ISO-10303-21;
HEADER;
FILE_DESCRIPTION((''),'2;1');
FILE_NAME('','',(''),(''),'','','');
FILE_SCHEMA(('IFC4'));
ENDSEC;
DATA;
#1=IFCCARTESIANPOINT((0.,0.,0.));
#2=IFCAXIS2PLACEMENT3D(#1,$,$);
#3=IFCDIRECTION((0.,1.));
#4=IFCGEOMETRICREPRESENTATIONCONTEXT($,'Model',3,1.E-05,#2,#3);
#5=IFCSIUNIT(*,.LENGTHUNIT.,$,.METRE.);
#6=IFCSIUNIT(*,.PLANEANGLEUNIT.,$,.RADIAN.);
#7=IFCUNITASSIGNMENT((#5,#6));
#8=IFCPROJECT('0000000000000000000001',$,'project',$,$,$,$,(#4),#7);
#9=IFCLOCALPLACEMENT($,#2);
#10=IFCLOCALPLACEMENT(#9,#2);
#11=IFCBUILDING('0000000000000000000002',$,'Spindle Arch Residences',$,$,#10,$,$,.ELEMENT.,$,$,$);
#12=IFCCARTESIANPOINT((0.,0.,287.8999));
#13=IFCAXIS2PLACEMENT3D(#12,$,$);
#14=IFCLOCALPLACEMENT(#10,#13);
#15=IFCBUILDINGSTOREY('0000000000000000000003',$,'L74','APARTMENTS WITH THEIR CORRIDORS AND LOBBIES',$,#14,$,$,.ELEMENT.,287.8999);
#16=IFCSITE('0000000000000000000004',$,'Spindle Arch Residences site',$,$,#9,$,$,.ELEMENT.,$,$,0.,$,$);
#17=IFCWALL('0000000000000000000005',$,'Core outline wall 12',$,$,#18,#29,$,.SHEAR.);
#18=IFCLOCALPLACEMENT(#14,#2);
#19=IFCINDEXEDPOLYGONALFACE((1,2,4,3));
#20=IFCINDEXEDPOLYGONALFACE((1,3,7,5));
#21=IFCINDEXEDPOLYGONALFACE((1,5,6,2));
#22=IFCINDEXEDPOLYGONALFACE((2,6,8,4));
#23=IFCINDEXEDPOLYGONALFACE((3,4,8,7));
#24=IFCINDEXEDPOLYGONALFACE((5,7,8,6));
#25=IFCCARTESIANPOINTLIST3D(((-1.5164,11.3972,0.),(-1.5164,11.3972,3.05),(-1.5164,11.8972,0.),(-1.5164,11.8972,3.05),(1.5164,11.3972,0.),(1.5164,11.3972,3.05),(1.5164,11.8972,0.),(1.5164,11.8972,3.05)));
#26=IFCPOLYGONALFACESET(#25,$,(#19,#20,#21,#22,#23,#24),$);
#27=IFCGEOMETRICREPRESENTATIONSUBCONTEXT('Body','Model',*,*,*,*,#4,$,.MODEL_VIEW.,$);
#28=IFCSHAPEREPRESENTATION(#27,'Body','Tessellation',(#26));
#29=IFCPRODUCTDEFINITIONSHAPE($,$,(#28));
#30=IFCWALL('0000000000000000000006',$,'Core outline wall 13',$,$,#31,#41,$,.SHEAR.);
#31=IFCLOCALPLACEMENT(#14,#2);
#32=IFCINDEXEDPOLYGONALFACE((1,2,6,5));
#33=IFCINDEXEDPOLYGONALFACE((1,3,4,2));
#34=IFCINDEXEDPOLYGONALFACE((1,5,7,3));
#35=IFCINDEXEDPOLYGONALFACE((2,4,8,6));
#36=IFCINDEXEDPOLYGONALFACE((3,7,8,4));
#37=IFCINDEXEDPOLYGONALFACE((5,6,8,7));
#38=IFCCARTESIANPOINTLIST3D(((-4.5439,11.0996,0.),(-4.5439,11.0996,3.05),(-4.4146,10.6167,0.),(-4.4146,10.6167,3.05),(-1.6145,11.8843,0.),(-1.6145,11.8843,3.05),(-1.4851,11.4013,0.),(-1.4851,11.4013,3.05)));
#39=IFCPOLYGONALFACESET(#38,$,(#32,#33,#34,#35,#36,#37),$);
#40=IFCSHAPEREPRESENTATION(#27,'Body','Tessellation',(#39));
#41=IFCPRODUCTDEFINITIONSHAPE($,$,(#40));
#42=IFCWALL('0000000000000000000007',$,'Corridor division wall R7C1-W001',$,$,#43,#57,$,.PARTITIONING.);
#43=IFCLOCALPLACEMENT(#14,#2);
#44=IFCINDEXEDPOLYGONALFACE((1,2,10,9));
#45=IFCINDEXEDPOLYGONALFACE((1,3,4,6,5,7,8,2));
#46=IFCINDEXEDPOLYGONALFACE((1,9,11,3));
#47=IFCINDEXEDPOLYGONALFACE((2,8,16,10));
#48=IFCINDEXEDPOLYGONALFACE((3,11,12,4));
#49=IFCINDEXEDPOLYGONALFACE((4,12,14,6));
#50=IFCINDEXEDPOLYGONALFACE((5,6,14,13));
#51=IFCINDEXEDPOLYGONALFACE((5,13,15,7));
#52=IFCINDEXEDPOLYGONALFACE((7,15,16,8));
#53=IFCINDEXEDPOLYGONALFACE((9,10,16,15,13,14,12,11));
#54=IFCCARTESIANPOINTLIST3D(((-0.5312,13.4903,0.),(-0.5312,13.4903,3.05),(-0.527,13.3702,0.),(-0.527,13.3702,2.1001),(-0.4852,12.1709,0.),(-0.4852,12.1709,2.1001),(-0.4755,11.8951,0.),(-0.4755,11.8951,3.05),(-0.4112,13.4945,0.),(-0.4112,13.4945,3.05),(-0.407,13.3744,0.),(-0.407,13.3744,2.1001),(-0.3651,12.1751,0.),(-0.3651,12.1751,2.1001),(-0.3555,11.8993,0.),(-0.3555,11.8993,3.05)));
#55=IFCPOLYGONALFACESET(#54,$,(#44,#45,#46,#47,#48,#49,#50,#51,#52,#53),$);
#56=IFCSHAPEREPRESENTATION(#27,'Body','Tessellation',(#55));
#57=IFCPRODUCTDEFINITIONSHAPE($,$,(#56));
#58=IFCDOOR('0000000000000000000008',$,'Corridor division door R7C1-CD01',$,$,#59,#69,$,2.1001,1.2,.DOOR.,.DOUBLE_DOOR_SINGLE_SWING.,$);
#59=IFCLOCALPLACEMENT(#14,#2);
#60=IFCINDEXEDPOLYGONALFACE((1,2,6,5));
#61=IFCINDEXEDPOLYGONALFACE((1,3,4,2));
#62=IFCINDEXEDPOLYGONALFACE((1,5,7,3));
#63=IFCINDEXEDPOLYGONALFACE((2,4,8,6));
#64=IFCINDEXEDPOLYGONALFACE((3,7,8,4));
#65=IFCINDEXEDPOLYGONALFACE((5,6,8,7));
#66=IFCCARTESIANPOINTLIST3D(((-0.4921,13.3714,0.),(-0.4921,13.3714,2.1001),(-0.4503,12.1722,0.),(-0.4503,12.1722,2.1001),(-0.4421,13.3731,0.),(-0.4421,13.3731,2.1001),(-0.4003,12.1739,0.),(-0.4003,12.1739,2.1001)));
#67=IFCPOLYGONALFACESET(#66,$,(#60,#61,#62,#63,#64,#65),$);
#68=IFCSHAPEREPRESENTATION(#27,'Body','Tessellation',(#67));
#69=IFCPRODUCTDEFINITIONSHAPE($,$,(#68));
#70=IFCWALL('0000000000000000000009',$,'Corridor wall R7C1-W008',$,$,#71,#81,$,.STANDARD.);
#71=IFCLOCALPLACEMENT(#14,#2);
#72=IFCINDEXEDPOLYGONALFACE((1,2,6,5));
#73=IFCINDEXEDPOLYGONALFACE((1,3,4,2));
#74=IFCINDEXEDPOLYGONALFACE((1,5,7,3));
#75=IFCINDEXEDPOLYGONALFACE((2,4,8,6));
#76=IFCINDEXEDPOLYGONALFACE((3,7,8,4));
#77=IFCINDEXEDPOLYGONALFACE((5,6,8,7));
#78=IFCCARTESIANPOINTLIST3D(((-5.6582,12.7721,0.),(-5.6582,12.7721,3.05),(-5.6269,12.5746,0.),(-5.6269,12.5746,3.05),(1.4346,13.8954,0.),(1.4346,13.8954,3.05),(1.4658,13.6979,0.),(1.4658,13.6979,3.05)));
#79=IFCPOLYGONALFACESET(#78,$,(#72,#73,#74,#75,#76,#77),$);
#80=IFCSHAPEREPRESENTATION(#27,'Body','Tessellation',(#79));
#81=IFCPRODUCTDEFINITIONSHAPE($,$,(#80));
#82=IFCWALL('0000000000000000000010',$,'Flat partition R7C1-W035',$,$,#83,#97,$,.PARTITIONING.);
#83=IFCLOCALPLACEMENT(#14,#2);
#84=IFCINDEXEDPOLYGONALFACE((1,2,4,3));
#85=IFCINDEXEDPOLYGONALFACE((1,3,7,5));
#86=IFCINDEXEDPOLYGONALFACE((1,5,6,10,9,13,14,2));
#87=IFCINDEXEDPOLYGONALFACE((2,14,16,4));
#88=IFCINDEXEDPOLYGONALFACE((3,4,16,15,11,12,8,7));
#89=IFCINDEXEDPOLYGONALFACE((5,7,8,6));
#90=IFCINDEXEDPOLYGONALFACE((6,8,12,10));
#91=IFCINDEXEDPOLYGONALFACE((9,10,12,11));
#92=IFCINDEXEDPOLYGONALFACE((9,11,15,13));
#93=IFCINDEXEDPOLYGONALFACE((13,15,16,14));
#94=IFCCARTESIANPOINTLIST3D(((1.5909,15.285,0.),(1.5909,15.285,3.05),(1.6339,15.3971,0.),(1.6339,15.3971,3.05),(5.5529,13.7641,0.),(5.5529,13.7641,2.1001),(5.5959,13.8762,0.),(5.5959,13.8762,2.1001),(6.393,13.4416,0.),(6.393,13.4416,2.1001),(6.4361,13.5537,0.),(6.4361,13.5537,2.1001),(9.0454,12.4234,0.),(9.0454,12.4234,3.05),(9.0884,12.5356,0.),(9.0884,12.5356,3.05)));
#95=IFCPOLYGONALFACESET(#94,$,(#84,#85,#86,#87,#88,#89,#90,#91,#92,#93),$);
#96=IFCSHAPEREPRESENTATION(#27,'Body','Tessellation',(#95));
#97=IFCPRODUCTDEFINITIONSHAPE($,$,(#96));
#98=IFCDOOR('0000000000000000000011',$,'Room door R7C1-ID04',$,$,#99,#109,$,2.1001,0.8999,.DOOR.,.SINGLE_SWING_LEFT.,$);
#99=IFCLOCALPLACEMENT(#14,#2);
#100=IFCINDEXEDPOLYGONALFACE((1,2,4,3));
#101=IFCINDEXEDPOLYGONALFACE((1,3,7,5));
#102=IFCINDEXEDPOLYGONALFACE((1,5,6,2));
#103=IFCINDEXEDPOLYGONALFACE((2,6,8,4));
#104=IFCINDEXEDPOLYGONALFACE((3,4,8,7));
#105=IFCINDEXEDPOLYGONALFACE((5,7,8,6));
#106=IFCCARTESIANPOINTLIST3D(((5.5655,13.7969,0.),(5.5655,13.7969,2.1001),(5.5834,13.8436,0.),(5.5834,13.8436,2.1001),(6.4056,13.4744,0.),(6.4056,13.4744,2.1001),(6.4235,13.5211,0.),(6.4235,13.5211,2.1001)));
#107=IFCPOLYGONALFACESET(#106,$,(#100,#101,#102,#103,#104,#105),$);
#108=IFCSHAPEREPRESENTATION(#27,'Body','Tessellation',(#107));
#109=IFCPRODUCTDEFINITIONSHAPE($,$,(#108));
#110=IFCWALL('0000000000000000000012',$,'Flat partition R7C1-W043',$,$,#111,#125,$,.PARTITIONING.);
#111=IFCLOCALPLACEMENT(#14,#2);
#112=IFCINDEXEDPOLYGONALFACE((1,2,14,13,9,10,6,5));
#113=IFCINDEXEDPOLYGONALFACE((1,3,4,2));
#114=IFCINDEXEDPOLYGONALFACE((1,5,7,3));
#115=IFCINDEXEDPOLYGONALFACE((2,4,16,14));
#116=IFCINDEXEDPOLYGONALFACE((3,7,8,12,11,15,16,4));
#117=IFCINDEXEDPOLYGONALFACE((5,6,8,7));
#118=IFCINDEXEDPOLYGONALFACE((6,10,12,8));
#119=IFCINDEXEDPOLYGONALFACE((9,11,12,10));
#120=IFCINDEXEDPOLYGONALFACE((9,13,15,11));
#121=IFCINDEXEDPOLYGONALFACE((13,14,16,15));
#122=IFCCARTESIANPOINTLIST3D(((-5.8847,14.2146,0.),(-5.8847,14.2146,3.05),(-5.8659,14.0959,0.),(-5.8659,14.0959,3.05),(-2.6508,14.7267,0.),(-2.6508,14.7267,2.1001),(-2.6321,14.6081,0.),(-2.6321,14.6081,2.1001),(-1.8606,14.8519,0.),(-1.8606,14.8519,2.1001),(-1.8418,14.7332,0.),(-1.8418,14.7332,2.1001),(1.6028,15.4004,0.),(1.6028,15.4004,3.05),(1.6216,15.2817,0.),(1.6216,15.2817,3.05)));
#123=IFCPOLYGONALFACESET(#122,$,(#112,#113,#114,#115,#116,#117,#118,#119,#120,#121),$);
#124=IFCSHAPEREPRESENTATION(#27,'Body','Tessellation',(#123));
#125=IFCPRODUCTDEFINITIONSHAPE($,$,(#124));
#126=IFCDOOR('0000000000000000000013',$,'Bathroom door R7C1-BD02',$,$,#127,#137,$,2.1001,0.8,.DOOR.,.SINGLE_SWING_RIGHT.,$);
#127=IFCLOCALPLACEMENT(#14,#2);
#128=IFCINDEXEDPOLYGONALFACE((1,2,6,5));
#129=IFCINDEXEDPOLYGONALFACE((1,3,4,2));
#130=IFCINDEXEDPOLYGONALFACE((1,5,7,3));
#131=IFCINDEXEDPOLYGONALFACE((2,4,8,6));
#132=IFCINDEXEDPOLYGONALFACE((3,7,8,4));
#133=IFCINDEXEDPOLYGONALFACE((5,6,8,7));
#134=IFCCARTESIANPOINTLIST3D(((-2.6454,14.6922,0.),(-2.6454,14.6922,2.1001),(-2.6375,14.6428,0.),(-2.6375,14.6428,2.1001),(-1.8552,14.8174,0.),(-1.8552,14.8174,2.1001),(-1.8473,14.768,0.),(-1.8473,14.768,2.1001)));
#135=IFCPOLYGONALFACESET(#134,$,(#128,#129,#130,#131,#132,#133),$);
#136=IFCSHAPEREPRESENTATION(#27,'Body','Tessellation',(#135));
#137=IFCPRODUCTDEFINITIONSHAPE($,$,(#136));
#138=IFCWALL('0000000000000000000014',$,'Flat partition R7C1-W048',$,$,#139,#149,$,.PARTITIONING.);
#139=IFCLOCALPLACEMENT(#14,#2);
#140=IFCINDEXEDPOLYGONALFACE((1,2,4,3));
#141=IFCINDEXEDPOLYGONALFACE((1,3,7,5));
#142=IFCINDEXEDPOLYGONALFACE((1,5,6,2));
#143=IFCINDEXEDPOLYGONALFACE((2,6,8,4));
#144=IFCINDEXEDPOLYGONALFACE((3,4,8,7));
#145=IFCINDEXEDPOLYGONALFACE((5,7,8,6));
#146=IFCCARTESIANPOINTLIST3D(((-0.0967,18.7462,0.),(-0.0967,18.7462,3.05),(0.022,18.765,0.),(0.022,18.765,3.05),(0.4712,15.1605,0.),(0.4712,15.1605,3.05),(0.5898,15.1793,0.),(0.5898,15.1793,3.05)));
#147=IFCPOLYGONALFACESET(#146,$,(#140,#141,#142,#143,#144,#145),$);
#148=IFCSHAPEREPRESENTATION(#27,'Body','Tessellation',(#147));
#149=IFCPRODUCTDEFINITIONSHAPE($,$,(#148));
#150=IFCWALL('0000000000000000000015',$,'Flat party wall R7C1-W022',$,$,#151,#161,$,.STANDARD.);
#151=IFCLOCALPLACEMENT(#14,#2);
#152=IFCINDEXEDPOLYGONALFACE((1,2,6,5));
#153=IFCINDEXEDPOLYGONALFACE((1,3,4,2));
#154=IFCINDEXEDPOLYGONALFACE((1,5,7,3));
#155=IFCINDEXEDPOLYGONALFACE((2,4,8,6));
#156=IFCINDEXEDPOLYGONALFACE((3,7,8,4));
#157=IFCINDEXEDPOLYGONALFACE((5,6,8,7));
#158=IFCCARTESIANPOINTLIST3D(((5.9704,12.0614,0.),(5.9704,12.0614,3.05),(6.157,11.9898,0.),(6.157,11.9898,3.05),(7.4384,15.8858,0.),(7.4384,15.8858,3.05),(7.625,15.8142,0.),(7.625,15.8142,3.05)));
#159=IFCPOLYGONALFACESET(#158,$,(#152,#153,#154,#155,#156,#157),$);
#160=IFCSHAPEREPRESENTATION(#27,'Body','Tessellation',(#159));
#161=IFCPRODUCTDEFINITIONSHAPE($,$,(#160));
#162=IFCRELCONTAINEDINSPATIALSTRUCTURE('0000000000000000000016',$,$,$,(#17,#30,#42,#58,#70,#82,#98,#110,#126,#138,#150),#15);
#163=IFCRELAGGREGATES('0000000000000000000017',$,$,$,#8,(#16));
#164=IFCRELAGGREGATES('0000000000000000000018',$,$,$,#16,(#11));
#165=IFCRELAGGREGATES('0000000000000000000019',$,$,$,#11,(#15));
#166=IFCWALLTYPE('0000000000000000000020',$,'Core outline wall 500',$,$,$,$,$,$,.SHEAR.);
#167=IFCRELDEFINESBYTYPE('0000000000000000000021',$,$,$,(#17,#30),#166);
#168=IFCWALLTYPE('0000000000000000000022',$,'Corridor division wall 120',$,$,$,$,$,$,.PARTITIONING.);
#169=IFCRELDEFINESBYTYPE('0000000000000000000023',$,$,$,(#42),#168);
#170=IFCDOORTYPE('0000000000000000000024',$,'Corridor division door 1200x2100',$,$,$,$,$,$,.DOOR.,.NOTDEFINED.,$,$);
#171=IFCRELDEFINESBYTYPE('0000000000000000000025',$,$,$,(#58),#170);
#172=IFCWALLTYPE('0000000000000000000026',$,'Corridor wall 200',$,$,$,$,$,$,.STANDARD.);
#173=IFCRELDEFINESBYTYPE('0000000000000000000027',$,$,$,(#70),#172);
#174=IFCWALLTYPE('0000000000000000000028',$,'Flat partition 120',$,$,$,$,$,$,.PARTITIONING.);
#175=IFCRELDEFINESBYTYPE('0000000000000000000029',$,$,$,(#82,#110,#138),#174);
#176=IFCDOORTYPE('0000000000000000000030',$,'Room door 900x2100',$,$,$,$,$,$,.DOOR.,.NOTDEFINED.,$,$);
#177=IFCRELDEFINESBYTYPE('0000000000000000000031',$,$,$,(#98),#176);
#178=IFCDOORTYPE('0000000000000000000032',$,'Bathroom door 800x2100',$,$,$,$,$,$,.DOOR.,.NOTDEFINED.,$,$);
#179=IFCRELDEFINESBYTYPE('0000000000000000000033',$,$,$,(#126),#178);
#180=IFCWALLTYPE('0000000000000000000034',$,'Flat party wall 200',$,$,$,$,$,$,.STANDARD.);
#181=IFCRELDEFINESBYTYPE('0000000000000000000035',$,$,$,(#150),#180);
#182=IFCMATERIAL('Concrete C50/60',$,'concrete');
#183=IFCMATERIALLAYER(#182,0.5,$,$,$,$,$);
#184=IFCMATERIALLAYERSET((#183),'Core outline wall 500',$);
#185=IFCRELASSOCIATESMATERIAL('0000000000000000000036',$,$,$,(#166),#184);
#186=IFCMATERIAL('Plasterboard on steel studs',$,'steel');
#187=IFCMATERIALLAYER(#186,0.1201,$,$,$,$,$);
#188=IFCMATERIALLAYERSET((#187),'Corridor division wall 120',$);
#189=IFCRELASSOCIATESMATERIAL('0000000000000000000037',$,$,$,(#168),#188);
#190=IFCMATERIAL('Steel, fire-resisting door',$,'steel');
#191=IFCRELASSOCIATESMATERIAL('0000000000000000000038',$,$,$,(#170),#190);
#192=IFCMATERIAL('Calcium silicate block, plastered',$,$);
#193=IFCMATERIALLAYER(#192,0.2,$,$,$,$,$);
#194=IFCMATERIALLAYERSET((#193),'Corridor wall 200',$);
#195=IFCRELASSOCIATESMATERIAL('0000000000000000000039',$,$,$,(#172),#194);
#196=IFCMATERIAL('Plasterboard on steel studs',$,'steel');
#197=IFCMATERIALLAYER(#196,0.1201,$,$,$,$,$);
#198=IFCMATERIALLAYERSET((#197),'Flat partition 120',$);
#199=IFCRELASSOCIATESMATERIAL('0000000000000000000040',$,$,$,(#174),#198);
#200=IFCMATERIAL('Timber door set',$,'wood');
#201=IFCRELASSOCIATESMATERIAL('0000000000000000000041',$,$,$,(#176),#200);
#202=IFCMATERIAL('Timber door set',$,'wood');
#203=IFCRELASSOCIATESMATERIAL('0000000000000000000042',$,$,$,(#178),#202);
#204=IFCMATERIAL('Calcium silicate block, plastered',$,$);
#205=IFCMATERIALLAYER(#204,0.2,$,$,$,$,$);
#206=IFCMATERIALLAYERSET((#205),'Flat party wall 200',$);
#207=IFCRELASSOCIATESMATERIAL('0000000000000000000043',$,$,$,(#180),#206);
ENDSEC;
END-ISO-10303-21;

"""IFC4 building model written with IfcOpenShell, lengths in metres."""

from ifc_helpers import new_model, si_unit, direction, frame, frame_2d, origin, place, context, subcontext, project, spatial, rectangle, extrude, material, layer, layer_set, type_object, element, fill, save


model = new_model("IFC4")

# Units and contexts
model_context = context("Model", 3, precision=1e-05, world=origin(), true_north=direction((0.0, 1.0)))
body_context = subcontext(model_context, "Body", "Model", "MODEL_VIEW")
ifc_project = project(units=[si_unit("LENGTHUNIT", "METRE"), si_unit("PLANEANGLEUNIT", "RADIAN")], contexts=[model_context])

# Site, building, storey
site_placement = place(None, origin())
site = spatial("IfcSite", under=ifc_project, at=site_placement, Name="Spindle Arch Residences site", CompositionType="ELEMENT", RefElevation=0.0)
building_placement = place(site_placement, origin())
building = spatial("IfcBuilding", under=site, at=building_placement, Name="Spindle Arch Residences", CompositionType="ELEMENT")
storey_placement = place(building_placement, frame((0.0, 0.0, 287.8999)))
storey = spatial("IfcBuildingStorey", under=building, at=storey_placement, Name="L74", Description="APARTMENTS WITH THEIR CORRIDORS AND LOBBIES", CompositionType="ELEMENT", Elevation=287.8999)

# Walls
ifc_material_1 = material(Name="Concrete C50/60", Category="concrete")
ifc_layer_1 = layer(ifc_material_1, 0.5)
ifc_layer_set_1 = layer_set([ifc_layer_1], Name="Core outline wall 500")
wall_type_1 = type_object("IfcWallType", Name="Core outline wall 500", PredefinedType="SHEAR", material=ifc_layer_set_1)
for number, where, z_axis, x_axis, name in (
    (1, (1.5164, 11.6472, 0.0), (0.0, 0.0, 1.0), (-1.0, 0.0, 0.0), "Core outline wall 12"),
    (2, (-1.5498, 11.6428, 0.0), (0.0, 0.0, 1.0), (-0.965948, -0.258735, 0.0), "Core outline wall 13"),
):
    element("IfcWall", number, at=place(storey_placement, frame(where, z_axis=z_axis, x_axis=x_axis)), inside=storey, type_object=wall_type_1, Name=name, PredefinedType="SHEAR", context=body_context, shape_type="SweptSolid", body=[
        extrude(rectangle(XDim=3.0327, YDim=0.5, at=frame_2d((1.5164, 0.0))), origin(), (0.0, 0.0, 1.0), 3.05),
    ])

# Wall, opening, door
ifc_material_2 = material(Name="Plasterboard on steel studs", Category="steel")
ifc_layer_2 = layer(ifc_material_2, 0.1201)
ifc_layer_set_2 = layer_set([ifc_layer_2], Name="Corridor division wall 120")
wall_type_2 = type_object("IfcWallType", Name="Corridor division wall 120", PredefinedType="PARTITIONING", material=ifc_layer_set_2)
wall_1_placement = place(storey_placement, frame((-0.4712, 13.4924, 0.0), z_axis=(0.0, 0.0, 1.0), x_axis=(0.034873, -0.999392, 0.0)))
wall_1 = element("IfcWall", 3, at=wall_1_placement, inside=storey, type_object=wall_type_2, Name="Corridor division wall R7C1-W001", PredefinedType="PARTITIONING", context=body_context, shape_type="SweptSolid", body=[
    extrude(rectangle(XDim=1.5962, YDim=0.1201, at=frame_2d((0.7981, 0.0))), origin(), (0.0, 0.0, 1.0), 3.05),
])
opening_1_placement = place(wall_1_placement, frame((0.1201, 0.0, 0.0)))
opening_1 = element("IfcOpeningElement", 4, at=opening_1_placement, cuts=wall_1, PredefinedType="OPENING", context=body_context, shape_type="SweptSolid", body=[
    extrude(rectangle(XDim=1.2, YDim=2.1001, at=frame_2d((0.6001, 1.05))), frame((0.0, 0.0701, 0.0), z_axis=(0.0, -1.0, 0.0), x_axis=(1.0, 0.0, 0.0)), (0.0, 0.0, 1.0), 0.1401),
])
ifc_material_3 = material(Name="Steel, fire-resisting door", Category="steel")
door_type_1 = type_object("IfcDoorType", Name="Corridor division door 1200x2100", OperationType="NOTDEFINED", PredefinedType="DOOR", material=ifc_material_3)
door_1_placement = place(opening_1_placement, origin())
door_1 = element("IfcDoor", 5, at=door_1_placement, inside=storey, type_object=door_type_1, Name="Corridor division door R7C1-CD01", OperationType="DOUBLE_DOOR_SINGLE_SWING", OverallHeight=2.1001, OverallWidth=1.2, PredefinedType="DOOR", context=body_context, shape_type="SweptSolid", body=[
    extrude(rectangle(XDim=1.2, YDim=2.1001, at=frame_2d((0.6001, 1.05))), frame((0.0, 0.0249, 0.0), z_axis=(0.0, -1.0, 0.0), x_axis=(1.0, 0.0, 0.0)), (0.0, 0.0, 1.0), 0.05),
])
fill(opening_1, door_1)

# Wall
ifc_material_4 = material(Name="Calcium silicate block, plastered")
ifc_layer_3 = layer(ifc_material_4, 0.2)
ifc_layer_set_3 = layer_set([ifc_layer_3], Name="Corridor wall 200")
wall_type_3 = type_object("IfcWallType", Name="Corridor wall 200", PredefinedType="STANDARD", material=ifc_layer_set_3)
wall_2_placement = place(storey_placement, frame((1.4502, 13.7966, 0.0), z_axis=(0.0, 0.0, 1.0), x_axis=(-0.98769, -0.156422, 0.0)))
element("IfcWall", 6, at=wall_2_placement, inside=storey, type_object=wall_type_3, Name="Corridor wall R7C1-W008", PredefinedType="STANDARD", context=body_context, shape_type="SweptSolid", body=[
    extrude(rectangle(XDim=7.1812, YDim=0.2, at=frame_2d((3.5906, 0.0))), origin(), (0.0, 0.0, 1.0), 3.05),
])

# Walls, openings, doors
ifc_material_5 = material(Name="Plasterboard on steel studs", Category="steel")
ifc_layer_4 = layer(ifc_material_5, 0.1201)
ifc_layer_set_4 = layer_set([ifc_layer_4], Name="Flat partition 120")
wall_type_4 = type_object("IfcWallType", Name="Flat partition 120", PredefinedType="PARTITIONING", material=ifc_layer_set_4)
wall_3_placement = place(storey_placement, frame((9.0669, 12.4795, 0.0), z_axis=(0.0, 0.0, 1.0), x_axis=(-0.933579, 0.35837, 0.0)))
wall_3 = element("IfcWall", 7, at=wall_3_placement, inside=storey, type_object=wall_type_4, Name="Flat partition R7C1-W035", PredefinedType="PARTITIONING", context=body_context, shape_type="SweptSolid", body=[
    extrude(rectangle(XDim=7.9849, YDim=0.1201, at=frame_2d((3.9924, 0.0))), origin(), (0.0, 0.0, 1.0), 3.05),
])
opening_2_placement = place(wall_3_placement, frame((2.8411, 0.0, 0.0)))
opening_2 = element("IfcOpeningElement", 8, at=opening_2_placement, cuts=wall_3, PredefinedType="OPENING", context=body_context, shape_type="SweptSolid", body=[
    extrude(rectangle(XDim=0.8999, YDim=2.1001, at=frame_2d((0.45, 1.05))), frame((0.0, 0.0701, 0.0), z_axis=(0.0, -1.0, 0.0), x_axis=(1.0, 0.0, 0.0)), (0.0, 0.0, 1.0), 0.1401),
])
ifc_material_6 = material(Name="Timber door set", Category="wood")
door_type_2 = type_object("IfcDoorType", Name="Room door 900x2100", OperationType="NOTDEFINED", PredefinedType="DOOR", material=ifc_material_6)
door_2_placement = place(opening_2_placement, origin())
door_2 = element("IfcDoor", 9, at=door_2_placement, inside=storey, type_object=door_type_2, Name="Room door R7C1-ID04", OperationType="SINGLE_SWING_LEFT", OverallHeight=2.1001, OverallWidth=0.8999, PredefinedType="DOOR", context=body_context, shape_type="SweptSolid", body=[
    extrude(rectangle(XDim=0.8999, YDim=2.1001, at=frame_2d((0.45, 1.05))), frame((0.0, 0.0249, 0.0), z_axis=(0.0, -1.0, 0.0), x_axis=(1.0, 0.0, 0.0)), (0.0, 0.0, 1.0), 0.05),
])
fill(opening_2, door_2)
wall_4_placement = place(storey_placement, frame((1.6123, 15.3411, 0.0), z_axis=(0.0, 0.0, 1.0), x_axis=(-0.987691, -0.156419, 0.0)))
wall_4 = element("IfcWall", 10, at=wall_4_placement, inside=storey, type_object=wall_type_4, Name="Flat partition R7C1-W043", PredefinedType="PARTITIONING", context=body_context, shape_type="SweptSolid", body=[
    extrude(rectangle(XDim=7.5808, YDim=0.1201, at=frame_2d((3.7905, 0.0))), origin(), (0.0, 0.0, 1.0), 3.05),
])
opening_3_placement = place(wall_4_placement, frame((3.5068, 0.0, 0.0)))
opening_3 = element("IfcOpeningElement", 11, at=opening_3_placement, cuts=wall_4, PredefinedType="OPENING", context=body_context, shape_type="SweptSolid", body=[
    extrude(rectangle(XDim=0.8, YDim=2.1001, at=frame_2d((0.3999, 1.05))), frame((0.0, 0.0701, 0.0), z_axis=(0.0, -1.0, 0.0), x_axis=(1.0, 0.0, 0.0)), (0.0, 0.0, 1.0), 0.1401),
])
ifc_material_7 = material(Name="Timber door set", Category="wood")
door_type_3 = type_object("IfcDoorType", Name="Bathroom door 800x2100", OperationType="NOTDEFINED", PredefinedType="DOOR", material=ifc_material_7)
door_3_placement = place(opening_3_placement, origin())
door_3 = element("IfcDoor", 12, at=door_3_placement, inside=storey, type_object=door_type_3, Name="Bathroom door R7C1-BD02", OperationType="SINGLE_SWING_RIGHT", OverallHeight=2.1001, OverallWidth=0.8, PredefinedType="DOOR", context=body_context, shape_type="SweptSolid", body=[
    extrude(rectangle(XDim=0.8, YDim=2.1001, at=frame_2d((0.3999, 1.05))), frame((0.0, 0.0249, 0.0), z_axis=(0.0, -1.0, 0.0), x_axis=(1.0, 0.0, 0.0)), (0.0, 0.0, 1.0), 0.05),
])
fill(opening_3, door_3)

# Walls
wall_5_placement = place(storey_placement, frame((-0.0374, 18.7556, 0.0), z_axis=(0.0, 0.0, 1.0), x_axis=(0.156422, -0.98769, 0.0)))
element("IfcWall", 13, at=wall_5_placement, inside=storey, type_object=wall_type_4, Name="Flat partition R7C1-W048", PredefinedType="PARTITIONING", context=body_context, shape_type="SweptSolid", body=[
    extrude(rectangle(XDim=3.6304, YDim=0.1201, at=frame_2d((1.8152, 0.0))), origin(), (0.0, 0.0, 1.0), 3.05),
])
ifc_material_8 = material(Name="Calcium silicate block, plastered")
ifc_layer_5 = layer(ifc_material_8, 0.2)
ifc_layer_set_5 = layer_set([ifc_layer_5], Name="Flat party wall 200")
wall_type_5 = type_object("IfcWallType", Name="Flat party wall 200", PredefinedType="STANDARD", material=ifc_layer_set_5)
wall_6_placement = place(storey_placement, frame((7.5317, 15.8501, 0.0), z_axis=(0.0, 0.0, 1.0), x_axis=(-0.358356, -0.933585, 0.0)))
element("IfcWall", 14, at=wall_6_placement, inside=storey, type_object=wall_type_5, Name="Flat party wall R7C1-W022", PredefinedType="STANDARD", context=body_context, shape_type="SweptSolid", body=[
    extrude(rectangle(XDim=4.0964, YDim=0.2, at=frame_2d((2.0483, 0.0))), origin(), (0.0, 0.0, 1.0), 3.05),
])

save(model, "model.ifc")
